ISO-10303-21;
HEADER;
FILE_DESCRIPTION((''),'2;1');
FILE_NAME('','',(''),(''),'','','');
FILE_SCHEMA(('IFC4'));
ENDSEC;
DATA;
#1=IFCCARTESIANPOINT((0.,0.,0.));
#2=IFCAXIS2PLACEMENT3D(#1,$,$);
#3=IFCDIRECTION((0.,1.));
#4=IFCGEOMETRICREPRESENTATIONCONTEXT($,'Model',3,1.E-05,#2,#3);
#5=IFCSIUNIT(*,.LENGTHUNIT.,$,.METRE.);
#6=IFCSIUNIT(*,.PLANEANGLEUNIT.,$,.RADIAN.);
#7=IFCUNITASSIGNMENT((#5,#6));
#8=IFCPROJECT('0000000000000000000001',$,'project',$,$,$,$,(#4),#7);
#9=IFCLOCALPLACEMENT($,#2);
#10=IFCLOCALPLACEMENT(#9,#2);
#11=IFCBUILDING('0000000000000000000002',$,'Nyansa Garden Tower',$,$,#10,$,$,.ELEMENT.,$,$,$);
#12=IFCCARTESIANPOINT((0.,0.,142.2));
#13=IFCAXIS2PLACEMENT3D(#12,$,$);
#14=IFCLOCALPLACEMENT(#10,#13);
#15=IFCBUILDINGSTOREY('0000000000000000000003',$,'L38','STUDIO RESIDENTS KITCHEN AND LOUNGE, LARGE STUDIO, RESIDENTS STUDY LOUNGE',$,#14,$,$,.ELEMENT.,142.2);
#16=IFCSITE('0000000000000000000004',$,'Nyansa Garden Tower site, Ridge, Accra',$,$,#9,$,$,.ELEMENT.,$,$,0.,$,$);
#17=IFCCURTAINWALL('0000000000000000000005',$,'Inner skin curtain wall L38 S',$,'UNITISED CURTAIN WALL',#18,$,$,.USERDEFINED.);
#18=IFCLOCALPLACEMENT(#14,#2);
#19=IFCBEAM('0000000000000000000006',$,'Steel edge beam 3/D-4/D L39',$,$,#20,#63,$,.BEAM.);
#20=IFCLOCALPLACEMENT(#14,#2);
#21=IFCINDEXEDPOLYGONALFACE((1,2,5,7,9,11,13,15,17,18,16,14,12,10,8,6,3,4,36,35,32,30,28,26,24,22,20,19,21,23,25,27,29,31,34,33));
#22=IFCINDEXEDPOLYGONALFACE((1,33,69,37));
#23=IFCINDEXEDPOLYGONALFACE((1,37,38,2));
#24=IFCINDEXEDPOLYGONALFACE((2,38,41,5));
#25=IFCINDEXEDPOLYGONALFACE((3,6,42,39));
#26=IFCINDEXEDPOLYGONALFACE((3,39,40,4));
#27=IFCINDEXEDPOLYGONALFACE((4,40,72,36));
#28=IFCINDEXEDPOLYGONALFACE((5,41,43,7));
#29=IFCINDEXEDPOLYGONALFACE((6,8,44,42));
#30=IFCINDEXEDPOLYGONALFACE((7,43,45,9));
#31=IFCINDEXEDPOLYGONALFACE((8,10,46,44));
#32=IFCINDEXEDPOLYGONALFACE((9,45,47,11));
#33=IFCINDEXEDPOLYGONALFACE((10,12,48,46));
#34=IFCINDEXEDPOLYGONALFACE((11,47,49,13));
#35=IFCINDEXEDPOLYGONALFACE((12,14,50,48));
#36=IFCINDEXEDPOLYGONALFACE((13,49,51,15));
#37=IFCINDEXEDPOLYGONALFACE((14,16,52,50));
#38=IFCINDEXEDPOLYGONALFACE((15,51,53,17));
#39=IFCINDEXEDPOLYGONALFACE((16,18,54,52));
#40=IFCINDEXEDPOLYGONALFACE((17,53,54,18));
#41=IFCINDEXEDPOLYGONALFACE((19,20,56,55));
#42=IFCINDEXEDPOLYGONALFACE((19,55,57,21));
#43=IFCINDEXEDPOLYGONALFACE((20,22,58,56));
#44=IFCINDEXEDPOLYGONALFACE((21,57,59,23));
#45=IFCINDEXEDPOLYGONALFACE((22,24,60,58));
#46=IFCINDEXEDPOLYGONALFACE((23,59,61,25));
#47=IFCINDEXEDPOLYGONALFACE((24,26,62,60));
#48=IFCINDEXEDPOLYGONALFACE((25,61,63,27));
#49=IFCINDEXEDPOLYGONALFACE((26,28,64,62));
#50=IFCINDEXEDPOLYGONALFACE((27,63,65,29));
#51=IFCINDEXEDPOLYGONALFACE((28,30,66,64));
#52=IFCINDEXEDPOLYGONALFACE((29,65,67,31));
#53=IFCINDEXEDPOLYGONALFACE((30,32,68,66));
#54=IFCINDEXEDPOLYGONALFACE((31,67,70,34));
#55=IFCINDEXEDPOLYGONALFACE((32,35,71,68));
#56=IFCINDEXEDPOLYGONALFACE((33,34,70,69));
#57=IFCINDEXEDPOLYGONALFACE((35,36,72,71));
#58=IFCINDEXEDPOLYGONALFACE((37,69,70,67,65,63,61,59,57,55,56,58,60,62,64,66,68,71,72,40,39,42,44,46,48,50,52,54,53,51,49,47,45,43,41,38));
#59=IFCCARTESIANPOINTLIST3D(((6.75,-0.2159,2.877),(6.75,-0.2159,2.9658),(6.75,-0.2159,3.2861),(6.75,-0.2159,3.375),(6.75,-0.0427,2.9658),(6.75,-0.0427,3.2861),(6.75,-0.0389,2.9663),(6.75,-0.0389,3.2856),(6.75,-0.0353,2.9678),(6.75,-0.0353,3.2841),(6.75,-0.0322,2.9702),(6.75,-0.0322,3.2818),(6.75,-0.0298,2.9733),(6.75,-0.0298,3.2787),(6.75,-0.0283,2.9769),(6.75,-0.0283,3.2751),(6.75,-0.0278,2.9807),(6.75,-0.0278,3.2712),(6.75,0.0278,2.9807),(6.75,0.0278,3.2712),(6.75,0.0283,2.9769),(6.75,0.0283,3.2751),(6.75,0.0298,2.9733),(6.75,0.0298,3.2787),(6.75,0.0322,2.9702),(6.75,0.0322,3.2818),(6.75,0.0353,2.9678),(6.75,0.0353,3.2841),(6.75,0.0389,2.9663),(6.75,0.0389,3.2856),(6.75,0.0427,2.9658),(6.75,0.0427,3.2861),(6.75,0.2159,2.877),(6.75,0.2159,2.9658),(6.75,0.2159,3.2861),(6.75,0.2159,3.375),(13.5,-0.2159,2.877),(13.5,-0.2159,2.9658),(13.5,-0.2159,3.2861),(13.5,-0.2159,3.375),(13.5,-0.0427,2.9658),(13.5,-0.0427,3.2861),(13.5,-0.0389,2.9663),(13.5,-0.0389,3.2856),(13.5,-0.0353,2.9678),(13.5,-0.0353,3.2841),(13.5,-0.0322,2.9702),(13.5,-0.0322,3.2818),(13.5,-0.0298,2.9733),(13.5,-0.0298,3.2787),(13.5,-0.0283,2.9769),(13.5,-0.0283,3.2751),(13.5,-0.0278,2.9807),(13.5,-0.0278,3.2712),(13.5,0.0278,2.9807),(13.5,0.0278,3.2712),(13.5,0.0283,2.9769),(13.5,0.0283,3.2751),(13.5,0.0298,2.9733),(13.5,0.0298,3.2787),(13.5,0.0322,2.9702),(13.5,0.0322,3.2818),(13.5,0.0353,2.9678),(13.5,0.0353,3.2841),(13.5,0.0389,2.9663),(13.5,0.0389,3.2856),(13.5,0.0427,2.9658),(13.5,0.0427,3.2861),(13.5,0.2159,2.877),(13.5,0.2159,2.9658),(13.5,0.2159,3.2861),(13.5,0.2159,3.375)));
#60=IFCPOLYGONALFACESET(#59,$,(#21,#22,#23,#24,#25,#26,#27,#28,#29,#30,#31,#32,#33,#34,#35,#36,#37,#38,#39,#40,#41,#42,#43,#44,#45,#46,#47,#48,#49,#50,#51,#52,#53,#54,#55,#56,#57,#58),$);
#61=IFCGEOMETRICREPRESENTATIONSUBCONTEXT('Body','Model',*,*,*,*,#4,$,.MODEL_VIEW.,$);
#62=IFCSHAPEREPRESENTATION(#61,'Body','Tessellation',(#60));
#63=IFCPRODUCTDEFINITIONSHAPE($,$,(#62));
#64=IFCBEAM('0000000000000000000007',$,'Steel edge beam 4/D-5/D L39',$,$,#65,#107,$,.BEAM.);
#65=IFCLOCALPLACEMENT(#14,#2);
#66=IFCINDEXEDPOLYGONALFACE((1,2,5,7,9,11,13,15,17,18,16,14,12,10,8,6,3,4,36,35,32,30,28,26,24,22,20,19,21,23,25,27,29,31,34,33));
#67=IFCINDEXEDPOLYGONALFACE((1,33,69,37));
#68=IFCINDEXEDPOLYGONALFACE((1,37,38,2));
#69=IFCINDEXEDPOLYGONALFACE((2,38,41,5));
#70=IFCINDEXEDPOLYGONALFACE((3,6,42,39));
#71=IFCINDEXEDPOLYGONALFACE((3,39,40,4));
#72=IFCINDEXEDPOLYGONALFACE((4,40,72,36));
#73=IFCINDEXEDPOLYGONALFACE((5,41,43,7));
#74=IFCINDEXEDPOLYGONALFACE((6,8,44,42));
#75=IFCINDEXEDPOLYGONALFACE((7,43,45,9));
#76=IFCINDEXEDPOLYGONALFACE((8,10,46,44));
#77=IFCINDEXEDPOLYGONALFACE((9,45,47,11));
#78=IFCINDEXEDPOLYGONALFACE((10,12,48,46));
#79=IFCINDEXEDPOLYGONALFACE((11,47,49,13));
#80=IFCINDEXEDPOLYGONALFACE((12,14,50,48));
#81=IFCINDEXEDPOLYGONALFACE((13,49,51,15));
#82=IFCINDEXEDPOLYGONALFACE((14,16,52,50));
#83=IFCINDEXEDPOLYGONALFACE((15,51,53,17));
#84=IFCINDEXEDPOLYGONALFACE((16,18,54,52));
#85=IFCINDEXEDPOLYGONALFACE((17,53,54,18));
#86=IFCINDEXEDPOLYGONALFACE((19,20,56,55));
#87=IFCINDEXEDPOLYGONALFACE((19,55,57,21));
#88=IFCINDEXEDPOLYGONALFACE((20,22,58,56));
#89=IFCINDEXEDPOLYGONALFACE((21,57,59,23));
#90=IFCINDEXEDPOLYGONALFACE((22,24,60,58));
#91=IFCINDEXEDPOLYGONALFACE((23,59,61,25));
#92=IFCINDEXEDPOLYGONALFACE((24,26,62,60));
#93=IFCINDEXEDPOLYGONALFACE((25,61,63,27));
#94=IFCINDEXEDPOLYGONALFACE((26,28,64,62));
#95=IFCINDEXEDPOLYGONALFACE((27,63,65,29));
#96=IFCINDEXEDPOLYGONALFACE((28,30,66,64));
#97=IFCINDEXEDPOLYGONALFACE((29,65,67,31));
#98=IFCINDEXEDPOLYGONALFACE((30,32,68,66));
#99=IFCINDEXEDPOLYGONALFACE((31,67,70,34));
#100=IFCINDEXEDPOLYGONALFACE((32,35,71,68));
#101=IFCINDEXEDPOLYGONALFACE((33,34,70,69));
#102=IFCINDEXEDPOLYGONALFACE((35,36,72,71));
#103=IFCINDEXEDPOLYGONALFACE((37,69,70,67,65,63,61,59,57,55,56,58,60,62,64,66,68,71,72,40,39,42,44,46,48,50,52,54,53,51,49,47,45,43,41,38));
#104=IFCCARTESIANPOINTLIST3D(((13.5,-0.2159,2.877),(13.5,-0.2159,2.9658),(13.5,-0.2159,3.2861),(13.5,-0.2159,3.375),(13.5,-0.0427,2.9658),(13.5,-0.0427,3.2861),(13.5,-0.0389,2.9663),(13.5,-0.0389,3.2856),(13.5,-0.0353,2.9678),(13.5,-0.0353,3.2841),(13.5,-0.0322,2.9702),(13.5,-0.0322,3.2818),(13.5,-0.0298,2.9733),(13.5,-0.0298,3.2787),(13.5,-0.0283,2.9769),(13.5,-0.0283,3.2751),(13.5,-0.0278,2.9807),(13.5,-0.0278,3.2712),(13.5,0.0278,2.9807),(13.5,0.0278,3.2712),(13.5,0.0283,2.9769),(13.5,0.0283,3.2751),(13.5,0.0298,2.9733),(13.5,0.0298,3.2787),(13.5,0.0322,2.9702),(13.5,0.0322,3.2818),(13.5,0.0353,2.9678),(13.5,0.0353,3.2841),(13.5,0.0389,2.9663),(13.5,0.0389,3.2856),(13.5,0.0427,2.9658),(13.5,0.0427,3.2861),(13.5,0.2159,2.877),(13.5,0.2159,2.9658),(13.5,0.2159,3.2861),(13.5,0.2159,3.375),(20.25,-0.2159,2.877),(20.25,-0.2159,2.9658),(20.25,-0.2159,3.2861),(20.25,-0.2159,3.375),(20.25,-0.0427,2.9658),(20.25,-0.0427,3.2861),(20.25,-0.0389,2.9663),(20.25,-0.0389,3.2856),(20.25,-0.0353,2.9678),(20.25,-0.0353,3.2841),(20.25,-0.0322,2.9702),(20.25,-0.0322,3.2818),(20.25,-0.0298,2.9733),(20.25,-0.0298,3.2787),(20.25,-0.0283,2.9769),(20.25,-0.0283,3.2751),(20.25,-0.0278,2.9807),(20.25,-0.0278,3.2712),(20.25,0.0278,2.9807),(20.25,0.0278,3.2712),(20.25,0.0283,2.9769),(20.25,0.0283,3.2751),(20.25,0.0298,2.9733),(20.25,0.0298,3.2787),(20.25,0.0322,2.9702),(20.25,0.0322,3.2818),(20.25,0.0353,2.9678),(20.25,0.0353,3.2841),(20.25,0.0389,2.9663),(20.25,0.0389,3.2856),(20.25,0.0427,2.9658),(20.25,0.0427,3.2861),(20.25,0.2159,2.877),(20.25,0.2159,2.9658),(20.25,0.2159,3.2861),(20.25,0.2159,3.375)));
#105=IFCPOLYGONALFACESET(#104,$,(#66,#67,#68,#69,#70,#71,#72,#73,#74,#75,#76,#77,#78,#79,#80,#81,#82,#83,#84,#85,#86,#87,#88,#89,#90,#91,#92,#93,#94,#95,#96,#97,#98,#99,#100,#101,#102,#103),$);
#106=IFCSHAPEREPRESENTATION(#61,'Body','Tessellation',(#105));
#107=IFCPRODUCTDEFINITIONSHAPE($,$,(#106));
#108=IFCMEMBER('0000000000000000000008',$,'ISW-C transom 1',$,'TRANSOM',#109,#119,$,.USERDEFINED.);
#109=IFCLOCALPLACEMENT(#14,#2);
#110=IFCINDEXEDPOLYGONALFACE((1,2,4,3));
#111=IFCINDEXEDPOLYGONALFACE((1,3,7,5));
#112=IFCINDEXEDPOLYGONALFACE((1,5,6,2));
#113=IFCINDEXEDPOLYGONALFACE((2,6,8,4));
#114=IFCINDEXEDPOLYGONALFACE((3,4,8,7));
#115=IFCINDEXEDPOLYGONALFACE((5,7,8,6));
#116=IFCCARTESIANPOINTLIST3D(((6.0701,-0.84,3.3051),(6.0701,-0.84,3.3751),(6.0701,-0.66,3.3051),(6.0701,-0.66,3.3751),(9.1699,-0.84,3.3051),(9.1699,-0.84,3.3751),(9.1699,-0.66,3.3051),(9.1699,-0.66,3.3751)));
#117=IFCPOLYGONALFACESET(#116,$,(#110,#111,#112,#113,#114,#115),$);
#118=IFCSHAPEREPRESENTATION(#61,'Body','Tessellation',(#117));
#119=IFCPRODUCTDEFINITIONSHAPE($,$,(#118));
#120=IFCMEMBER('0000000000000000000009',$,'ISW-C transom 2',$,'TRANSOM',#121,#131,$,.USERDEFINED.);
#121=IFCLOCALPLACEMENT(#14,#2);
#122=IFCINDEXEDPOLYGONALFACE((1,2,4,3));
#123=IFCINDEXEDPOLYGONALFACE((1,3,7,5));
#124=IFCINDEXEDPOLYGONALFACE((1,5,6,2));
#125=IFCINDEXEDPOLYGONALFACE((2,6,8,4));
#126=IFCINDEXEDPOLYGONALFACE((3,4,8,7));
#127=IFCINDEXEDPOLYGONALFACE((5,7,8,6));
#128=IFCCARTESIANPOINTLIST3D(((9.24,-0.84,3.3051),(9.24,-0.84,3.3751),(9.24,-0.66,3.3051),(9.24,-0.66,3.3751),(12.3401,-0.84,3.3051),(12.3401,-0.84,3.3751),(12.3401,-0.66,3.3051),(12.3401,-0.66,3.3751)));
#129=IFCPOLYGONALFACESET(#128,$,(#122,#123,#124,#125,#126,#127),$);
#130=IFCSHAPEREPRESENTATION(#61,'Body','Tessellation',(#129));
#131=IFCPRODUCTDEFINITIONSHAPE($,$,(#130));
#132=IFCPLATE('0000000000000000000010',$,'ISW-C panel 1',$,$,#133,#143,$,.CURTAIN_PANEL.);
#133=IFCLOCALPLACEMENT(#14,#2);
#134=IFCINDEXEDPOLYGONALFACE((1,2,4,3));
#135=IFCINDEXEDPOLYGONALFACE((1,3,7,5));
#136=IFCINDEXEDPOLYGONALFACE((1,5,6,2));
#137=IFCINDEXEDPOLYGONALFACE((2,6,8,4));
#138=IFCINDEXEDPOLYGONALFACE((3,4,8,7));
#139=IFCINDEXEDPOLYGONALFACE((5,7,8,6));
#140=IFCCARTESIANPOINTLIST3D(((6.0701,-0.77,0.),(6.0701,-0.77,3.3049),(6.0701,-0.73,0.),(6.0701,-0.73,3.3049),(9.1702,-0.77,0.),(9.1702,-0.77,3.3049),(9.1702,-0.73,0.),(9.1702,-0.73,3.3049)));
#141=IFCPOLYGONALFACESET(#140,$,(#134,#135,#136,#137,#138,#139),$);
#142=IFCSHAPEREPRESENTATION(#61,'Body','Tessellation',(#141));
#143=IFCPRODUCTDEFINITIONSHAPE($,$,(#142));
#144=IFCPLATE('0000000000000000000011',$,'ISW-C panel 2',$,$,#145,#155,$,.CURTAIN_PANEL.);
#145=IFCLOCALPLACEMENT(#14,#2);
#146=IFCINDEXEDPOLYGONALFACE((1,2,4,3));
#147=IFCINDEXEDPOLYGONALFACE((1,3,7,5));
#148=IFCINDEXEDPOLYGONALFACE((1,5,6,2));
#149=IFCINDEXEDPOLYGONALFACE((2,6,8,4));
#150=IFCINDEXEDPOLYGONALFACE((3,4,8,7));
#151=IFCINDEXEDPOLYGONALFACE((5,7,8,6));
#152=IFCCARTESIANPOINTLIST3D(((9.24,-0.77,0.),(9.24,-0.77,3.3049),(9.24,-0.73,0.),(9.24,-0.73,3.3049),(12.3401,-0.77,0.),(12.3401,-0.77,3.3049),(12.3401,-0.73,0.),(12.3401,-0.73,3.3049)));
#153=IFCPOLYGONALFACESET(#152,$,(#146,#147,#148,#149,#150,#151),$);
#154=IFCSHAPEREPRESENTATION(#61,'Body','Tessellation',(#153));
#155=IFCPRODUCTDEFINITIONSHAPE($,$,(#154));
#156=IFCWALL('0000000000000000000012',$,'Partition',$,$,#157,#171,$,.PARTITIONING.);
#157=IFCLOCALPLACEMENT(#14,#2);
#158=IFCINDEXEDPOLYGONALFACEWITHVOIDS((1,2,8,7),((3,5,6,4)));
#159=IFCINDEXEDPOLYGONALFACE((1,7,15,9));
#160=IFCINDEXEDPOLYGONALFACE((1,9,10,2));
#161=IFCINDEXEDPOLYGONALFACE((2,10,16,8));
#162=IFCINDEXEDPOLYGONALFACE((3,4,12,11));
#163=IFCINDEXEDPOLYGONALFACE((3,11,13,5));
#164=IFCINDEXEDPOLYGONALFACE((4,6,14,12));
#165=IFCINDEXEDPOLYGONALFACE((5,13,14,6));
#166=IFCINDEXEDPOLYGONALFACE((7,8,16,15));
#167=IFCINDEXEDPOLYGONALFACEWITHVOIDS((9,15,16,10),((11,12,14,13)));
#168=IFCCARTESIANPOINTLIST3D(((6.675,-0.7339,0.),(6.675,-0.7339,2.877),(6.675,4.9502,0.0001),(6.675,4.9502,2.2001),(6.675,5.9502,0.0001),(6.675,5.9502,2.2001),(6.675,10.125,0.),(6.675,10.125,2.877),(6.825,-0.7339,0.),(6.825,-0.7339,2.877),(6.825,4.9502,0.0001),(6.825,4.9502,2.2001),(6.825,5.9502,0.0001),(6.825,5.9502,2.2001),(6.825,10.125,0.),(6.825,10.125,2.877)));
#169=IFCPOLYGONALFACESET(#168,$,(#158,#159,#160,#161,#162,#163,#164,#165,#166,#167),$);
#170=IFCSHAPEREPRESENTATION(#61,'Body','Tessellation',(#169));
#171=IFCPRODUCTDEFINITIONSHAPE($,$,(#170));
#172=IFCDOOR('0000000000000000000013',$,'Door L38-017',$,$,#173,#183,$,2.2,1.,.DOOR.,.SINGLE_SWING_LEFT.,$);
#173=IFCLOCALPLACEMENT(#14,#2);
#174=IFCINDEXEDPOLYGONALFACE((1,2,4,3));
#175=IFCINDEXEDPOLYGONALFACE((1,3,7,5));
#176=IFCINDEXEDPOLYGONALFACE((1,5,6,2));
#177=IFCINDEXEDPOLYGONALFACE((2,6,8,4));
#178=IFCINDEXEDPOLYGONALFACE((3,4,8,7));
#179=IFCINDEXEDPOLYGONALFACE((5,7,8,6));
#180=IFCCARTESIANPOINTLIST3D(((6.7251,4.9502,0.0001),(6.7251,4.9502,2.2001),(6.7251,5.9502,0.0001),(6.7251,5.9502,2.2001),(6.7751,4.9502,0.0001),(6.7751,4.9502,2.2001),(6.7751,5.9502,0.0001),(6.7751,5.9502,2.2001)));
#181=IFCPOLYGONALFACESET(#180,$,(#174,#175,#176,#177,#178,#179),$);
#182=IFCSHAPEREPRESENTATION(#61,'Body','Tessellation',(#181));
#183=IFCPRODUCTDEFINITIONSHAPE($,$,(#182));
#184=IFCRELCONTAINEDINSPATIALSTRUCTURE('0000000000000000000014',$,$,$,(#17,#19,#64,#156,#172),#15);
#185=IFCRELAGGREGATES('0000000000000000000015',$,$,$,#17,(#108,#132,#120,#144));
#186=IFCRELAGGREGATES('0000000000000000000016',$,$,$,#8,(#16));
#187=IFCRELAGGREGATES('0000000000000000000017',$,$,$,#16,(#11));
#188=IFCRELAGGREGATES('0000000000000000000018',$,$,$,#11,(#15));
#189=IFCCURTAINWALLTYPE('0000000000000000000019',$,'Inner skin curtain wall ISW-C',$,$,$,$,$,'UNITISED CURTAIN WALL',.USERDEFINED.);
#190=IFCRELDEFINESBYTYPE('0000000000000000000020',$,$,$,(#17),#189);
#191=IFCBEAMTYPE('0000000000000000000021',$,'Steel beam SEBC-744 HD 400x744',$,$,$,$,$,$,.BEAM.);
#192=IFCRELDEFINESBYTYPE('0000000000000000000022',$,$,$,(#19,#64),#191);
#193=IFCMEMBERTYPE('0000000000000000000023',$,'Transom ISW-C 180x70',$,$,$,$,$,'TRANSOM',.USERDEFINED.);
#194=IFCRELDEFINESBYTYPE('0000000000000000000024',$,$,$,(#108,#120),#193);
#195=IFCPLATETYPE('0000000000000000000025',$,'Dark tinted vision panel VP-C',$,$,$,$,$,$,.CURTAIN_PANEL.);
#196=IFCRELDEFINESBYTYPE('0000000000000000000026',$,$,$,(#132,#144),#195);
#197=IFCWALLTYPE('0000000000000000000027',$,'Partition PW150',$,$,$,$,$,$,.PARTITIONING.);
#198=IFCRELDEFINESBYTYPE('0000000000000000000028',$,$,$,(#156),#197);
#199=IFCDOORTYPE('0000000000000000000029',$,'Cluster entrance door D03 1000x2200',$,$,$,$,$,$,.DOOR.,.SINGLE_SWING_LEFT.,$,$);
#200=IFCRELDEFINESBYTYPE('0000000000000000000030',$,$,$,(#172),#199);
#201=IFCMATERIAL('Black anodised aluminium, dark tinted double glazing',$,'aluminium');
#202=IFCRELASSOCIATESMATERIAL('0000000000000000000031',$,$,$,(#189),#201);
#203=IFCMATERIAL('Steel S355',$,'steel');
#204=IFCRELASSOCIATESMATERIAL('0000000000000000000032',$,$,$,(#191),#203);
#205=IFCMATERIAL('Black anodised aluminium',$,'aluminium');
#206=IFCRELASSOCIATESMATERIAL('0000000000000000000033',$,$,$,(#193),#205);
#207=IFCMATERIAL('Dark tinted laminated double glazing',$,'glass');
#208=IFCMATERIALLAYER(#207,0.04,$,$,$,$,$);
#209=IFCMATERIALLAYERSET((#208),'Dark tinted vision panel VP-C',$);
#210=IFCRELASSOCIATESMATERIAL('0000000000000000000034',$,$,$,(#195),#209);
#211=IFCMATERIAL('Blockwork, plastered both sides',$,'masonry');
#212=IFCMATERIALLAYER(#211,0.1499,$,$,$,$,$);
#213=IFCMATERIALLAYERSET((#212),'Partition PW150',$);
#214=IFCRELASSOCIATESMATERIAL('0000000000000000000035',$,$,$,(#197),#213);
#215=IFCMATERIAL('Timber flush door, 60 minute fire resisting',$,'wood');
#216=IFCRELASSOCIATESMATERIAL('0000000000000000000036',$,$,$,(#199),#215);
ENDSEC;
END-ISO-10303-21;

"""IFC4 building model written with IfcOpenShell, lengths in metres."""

from ifc_helpers import new_model, si_unit, direction, frame, frame_2d, origin, origin_2d, place, context, subcontext, project, spatial, rectangle, i_section, extrude, material, layer, layer_set, material_profile, profile_set, type_object, element, fill, aggregate, save


model = new_model("IFC4")

# Units and contexts
model_context = context("Model", 3, precision=1e-05, world=origin(), true_north=direction((0.0, 1.0)))
body_context = subcontext(model_context, "Body", "Model", "MODEL_VIEW")
ifc_project = project(units=[si_unit("LENGTHUNIT", "METRE"), si_unit("PLANEANGLEUNIT", "RADIAN")], contexts=[model_context])

# Site, building, storey
site_placement = place(None, origin())
site = spatial("IfcSite", under=ifc_project, at=site_placement, Name="Nyansa Garden Tower site, Ridge, Accra", CompositionType="ELEMENT", RefElevation=0.0)
building_placement = place(site_placement, origin())
building = spatial("IfcBuilding", under=site, at=building_placement, Name="Nyansa Garden Tower", CompositionType="ELEMENT")
storey_placement = place(building_placement, frame((0.0, 0.0, 142.2)))
storey = spatial("IfcBuildingStorey", under=building, at=storey_placement, Name="L38", Description="STUDIO RESIDENTS KITCHEN AND LOUNGE, LARGE STUDIO, RESIDENTS STUDY LOUNGE", CompositionType="ELEMENT", Elevation=142.2)

# Curtain wall
ifc_material_1 = material(Name="Black anodised aluminium, dark tinted double glazing", Category="aluminium")
curtain_wall_type = type_object("IfcCurtainWallType", Name="Inner skin curtain wall ISW-C", ElementType="UNITISED CURTAIN WALL", PredefinedType="USERDEFINED", material=ifc_material_1)
curtain_wall_placement = place(storey_placement, origin())
curtain_wall = element("IfcCurtainWall", 1, at=curtain_wall_placement, inside=storey, type_object=curtain_wall_type, Name="Inner skin curtain wall L38 S", ObjectType="UNITISED CURTAIN WALL", PredefinedType="USERDEFINED")

# Beams
ifc_material_2 = material(Name="Steel S355", Category="steel")
ifc_material_profile_1 = material_profile(ifc_material_2, i_section(OverallWidth=0.4319, OverallDepth=0.498, WebThickness=0.0557, FlangeThickness=0.0889, FilletRadius=0.0149, at=origin_2d()), Name="HD 400x744")
ifc_profile_set_1 = profile_set([ifc_material_profile_1], Name="Steel S355")
beam_type_1 = type_object("IfcBeamType", Name="Steel beam SEBC-744 HD 400x744", PredefinedType="BEAM", material=ifc_profile_set_1)
for number, where, z_axis, x_axis, name in (
    (2, (6.75, 0.0, 3.126), (1.0, 0.0, 0.0), (0.0, 1.0, 0.0), "Steel edge beam 3/D-4/D L39"),
    (3, (13.5, 0.0, 3.126), (1.0, 0.0, 0.0), (0.0, 1.0, 0.0), "Steel edge beam 4/D-5/D L39"),
):
    element("IfcBeam", number, at=place(storey_placement, frame(where, z_axis=z_axis, x_axis=x_axis)), inside=storey, type_object=beam_type_1, Name=name, PredefinedType="BEAM", context=body_context, shape_type="SweptSolid", body=[
        extrude(i_section(OverallWidth=0.4319, OverallDepth=0.498, WebThickness=0.0557, FlangeThickness=0.0889, FilletRadius=0.0149, at=origin_2d()), origin(), (0.0, 0.0, 1.0), 6.75),
    ])

# Members
ifc_material_3 = material(Name="Black anodised aluminium", Category="aluminium")
ifc_material_profile_2 = material_profile(ifc_material_3, rectangle(XDim=0.1799, YDim=0.0701, at=origin_2d()), Name="Transom 180x70")
ifc_profile_set_2 = profile_set([ifc_material_profile_2], Name="Black anodised aluminium")
member_type_1 = type_object("IfcMemberType", Name="Transom ISW-C 180x70", ElementType="TRANSOM", PredefinedType="USERDEFINED", material=ifc_profile_set_2)
member_1_placement = place(storey_placement, frame((6.0701, -0.75, 3.3401), z_axis=(1.0, 0.0, 0.0), x_axis=(0.0, 1.0, 0.0)))
member_1 = element("IfcMember", 4, at=member_1_placement, type_object=member_type_1, Name="ISW-C transom 1", ObjectType="TRANSOM", PredefinedType="USERDEFINED", context=body_context, shape_type="SweptSolid", body=[
    extrude(rectangle(XDim=0.1799, YDim=0.0701, at=origin_2d()), origin(), (0.0, 0.0, 1.0), 3.0999),
])
member_2_placement = place(storey_placement, frame((9.24, -0.75, 3.3401), z_axis=(1.0, 0.0, 0.0), x_axis=(0.0, 1.0, 0.0)))
member_2 = element("IfcMember", 5, at=member_2_placement, type_object=member_type_1, Name="ISW-C transom 2", ObjectType="TRANSOM", PredefinedType="USERDEFINED", context=body_context, shape_type="SweptSolid", body=[
    extrude(rectangle(XDim=0.1799, YDim=0.0701, at=origin_2d()), origin(), (0.0, 0.0, 1.0), 3.1001),
])

# Plates
ifc_material_4 = material(Name="Dark tinted laminated double glazing", Category="glass")
ifc_layer_1 = layer(ifc_material_4, 0.04)
ifc_layer_set_1 = layer_set([ifc_layer_1], Name="Dark tinted vision panel VP-C")
plate_type = type_object("IfcPlateType", Name="Dark tinted vision panel VP-C", PredefinedType="CURTAIN_PANEL", material=ifc_layer_set_1)
plate_1_placement = place(storey_placement, frame((7.6201, -0.75, 0.0), z_axis=(0.0, 0.0, 1.0), x_axis=(1.0, 0.0, 0.0)))
plate_1 = element("IfcPlate", 6, at=plate_1_placement, type_object=plate_type, Name="ISW-C panel 1", PredefinedType="CURTAIN_PANEL", context=body_context, shape_type="SweptSolid", body=[
    extrude(rectangle(XDim=3.1001, YDim=0.04, at=origin_2d()), origin(), (0.0, 0.0, 1.0), 3.3049),
])
plate_2_placement = place(storey_placement, frame((10.79, -0.75, 0.0), z_axis=(0.0, 0.0, 1.0), x_axis=(1.0, 0.0, 0.0)))
plate_2 = element("IfcPlate", 7, at=plate_2_placement, type_object=plate_type, Name="ISW-C panel 2", PredefinedType="CURTAIN_PANEL", context=body_context, shape_type="SweptSolid", body=[
    extrude(rectangle(XDim=3.1001, YDim=0.04, at=origin_2d()), origin(), (0.0, 0.0, 1.0), 3.3049),
])
aggregate(curtain_wall, [member_1, plate_1, member_2, plate_2])

# Wall, opening, door
ifc_material_5 = material(Name="Blockwork, plastered both sides", Category="masonry")
ifc_layer_2 = layer(ifc_material_5, 0.1499)
ifc_layer_set_2 = layer_set([ifc_layer_2], Name="Partition PW150")
wall_type_1 = type_object("IfcWallType", Name="Partition PW150", PredefinedType="PARTITIONING", material=ifc_layer_set_2)
wall_1_placement = place(storey_placement, frame((6.75, -0.7339, 0.0), z_axis=(0.0, 0.0, 1.0), x_axis=(0.0, 1.0, 0.0)))
wall_1 = element("IfcWall", 8, at=wall_1_placement, inside=storey, type_object=wall_type_1, Name="Partition", PredefinedType="PARTITIONING", context=body_context, shape_type="SweptSolid", body=[
    extrude(rectangle(XDim=10.8589, YDim=0.1499, at=frame_2d((5.4294, 0.0))), origin(), (0.0, 0.0, 1.0), 2.877),
])
opening_1_placement = place(wall_1_placement, frame((5.6841, 0.0, 0.0)))
opening_1 = element("IfcOpeningElement", 9, at=opening_1_placement, cuts=wall_1, PredefinedType="OPENING", context=body_context, shape_type="SweptSolid", body=[
    extrude(rectangle(XDim=1.0, YDim=2.2, at=frame_2d((0.5, 1.1001))), frame((0.0, 0.085, 0.0), z_axis=(0.0, -1.0, 0.0), x_axis=(1.0, 0.0, 0.0)), (0.0, 0.0, 1.0), 0.1699),
])
ifc_material_6 = material(Name="Timber flush door, 60 minute fire resisting", Category="wood")
door_type_1 = type_object("IfcDoorType", Name="Cluster entrance door D03 1000x2200", OperationType="SINGLE_SWING_LEFT", PredefinedType="DOOR", material=ifc_material_6)
door_1_placement = place(opening_1_placement, origin())
door_1 = element("IfcDoor", 10, at=door_1_placement, inside=storey, type_object=door_type_1, Name="Door L38-017", OperationType="SINGLE_SWING_LEFT", OverallHeight=2.2, OverallWidth=1.0, PredefinedType="DOOR", context=body_context, shape_type="SweptSolid", body=[
    extrude(rectangle(XDim=1.0, YDim=2.2, at=frame_2d((0.5, 1.1001))), frame((0.0, 0.0249, 0.0), z_axis=(0.0, -1.0, 0.0), x_axis=(1.0, 0.0, 0.0)), (0.0, 0.0, 1.0), 0.05),
])
fill(opening_1, door_1)

save(model, "model.ifc")
